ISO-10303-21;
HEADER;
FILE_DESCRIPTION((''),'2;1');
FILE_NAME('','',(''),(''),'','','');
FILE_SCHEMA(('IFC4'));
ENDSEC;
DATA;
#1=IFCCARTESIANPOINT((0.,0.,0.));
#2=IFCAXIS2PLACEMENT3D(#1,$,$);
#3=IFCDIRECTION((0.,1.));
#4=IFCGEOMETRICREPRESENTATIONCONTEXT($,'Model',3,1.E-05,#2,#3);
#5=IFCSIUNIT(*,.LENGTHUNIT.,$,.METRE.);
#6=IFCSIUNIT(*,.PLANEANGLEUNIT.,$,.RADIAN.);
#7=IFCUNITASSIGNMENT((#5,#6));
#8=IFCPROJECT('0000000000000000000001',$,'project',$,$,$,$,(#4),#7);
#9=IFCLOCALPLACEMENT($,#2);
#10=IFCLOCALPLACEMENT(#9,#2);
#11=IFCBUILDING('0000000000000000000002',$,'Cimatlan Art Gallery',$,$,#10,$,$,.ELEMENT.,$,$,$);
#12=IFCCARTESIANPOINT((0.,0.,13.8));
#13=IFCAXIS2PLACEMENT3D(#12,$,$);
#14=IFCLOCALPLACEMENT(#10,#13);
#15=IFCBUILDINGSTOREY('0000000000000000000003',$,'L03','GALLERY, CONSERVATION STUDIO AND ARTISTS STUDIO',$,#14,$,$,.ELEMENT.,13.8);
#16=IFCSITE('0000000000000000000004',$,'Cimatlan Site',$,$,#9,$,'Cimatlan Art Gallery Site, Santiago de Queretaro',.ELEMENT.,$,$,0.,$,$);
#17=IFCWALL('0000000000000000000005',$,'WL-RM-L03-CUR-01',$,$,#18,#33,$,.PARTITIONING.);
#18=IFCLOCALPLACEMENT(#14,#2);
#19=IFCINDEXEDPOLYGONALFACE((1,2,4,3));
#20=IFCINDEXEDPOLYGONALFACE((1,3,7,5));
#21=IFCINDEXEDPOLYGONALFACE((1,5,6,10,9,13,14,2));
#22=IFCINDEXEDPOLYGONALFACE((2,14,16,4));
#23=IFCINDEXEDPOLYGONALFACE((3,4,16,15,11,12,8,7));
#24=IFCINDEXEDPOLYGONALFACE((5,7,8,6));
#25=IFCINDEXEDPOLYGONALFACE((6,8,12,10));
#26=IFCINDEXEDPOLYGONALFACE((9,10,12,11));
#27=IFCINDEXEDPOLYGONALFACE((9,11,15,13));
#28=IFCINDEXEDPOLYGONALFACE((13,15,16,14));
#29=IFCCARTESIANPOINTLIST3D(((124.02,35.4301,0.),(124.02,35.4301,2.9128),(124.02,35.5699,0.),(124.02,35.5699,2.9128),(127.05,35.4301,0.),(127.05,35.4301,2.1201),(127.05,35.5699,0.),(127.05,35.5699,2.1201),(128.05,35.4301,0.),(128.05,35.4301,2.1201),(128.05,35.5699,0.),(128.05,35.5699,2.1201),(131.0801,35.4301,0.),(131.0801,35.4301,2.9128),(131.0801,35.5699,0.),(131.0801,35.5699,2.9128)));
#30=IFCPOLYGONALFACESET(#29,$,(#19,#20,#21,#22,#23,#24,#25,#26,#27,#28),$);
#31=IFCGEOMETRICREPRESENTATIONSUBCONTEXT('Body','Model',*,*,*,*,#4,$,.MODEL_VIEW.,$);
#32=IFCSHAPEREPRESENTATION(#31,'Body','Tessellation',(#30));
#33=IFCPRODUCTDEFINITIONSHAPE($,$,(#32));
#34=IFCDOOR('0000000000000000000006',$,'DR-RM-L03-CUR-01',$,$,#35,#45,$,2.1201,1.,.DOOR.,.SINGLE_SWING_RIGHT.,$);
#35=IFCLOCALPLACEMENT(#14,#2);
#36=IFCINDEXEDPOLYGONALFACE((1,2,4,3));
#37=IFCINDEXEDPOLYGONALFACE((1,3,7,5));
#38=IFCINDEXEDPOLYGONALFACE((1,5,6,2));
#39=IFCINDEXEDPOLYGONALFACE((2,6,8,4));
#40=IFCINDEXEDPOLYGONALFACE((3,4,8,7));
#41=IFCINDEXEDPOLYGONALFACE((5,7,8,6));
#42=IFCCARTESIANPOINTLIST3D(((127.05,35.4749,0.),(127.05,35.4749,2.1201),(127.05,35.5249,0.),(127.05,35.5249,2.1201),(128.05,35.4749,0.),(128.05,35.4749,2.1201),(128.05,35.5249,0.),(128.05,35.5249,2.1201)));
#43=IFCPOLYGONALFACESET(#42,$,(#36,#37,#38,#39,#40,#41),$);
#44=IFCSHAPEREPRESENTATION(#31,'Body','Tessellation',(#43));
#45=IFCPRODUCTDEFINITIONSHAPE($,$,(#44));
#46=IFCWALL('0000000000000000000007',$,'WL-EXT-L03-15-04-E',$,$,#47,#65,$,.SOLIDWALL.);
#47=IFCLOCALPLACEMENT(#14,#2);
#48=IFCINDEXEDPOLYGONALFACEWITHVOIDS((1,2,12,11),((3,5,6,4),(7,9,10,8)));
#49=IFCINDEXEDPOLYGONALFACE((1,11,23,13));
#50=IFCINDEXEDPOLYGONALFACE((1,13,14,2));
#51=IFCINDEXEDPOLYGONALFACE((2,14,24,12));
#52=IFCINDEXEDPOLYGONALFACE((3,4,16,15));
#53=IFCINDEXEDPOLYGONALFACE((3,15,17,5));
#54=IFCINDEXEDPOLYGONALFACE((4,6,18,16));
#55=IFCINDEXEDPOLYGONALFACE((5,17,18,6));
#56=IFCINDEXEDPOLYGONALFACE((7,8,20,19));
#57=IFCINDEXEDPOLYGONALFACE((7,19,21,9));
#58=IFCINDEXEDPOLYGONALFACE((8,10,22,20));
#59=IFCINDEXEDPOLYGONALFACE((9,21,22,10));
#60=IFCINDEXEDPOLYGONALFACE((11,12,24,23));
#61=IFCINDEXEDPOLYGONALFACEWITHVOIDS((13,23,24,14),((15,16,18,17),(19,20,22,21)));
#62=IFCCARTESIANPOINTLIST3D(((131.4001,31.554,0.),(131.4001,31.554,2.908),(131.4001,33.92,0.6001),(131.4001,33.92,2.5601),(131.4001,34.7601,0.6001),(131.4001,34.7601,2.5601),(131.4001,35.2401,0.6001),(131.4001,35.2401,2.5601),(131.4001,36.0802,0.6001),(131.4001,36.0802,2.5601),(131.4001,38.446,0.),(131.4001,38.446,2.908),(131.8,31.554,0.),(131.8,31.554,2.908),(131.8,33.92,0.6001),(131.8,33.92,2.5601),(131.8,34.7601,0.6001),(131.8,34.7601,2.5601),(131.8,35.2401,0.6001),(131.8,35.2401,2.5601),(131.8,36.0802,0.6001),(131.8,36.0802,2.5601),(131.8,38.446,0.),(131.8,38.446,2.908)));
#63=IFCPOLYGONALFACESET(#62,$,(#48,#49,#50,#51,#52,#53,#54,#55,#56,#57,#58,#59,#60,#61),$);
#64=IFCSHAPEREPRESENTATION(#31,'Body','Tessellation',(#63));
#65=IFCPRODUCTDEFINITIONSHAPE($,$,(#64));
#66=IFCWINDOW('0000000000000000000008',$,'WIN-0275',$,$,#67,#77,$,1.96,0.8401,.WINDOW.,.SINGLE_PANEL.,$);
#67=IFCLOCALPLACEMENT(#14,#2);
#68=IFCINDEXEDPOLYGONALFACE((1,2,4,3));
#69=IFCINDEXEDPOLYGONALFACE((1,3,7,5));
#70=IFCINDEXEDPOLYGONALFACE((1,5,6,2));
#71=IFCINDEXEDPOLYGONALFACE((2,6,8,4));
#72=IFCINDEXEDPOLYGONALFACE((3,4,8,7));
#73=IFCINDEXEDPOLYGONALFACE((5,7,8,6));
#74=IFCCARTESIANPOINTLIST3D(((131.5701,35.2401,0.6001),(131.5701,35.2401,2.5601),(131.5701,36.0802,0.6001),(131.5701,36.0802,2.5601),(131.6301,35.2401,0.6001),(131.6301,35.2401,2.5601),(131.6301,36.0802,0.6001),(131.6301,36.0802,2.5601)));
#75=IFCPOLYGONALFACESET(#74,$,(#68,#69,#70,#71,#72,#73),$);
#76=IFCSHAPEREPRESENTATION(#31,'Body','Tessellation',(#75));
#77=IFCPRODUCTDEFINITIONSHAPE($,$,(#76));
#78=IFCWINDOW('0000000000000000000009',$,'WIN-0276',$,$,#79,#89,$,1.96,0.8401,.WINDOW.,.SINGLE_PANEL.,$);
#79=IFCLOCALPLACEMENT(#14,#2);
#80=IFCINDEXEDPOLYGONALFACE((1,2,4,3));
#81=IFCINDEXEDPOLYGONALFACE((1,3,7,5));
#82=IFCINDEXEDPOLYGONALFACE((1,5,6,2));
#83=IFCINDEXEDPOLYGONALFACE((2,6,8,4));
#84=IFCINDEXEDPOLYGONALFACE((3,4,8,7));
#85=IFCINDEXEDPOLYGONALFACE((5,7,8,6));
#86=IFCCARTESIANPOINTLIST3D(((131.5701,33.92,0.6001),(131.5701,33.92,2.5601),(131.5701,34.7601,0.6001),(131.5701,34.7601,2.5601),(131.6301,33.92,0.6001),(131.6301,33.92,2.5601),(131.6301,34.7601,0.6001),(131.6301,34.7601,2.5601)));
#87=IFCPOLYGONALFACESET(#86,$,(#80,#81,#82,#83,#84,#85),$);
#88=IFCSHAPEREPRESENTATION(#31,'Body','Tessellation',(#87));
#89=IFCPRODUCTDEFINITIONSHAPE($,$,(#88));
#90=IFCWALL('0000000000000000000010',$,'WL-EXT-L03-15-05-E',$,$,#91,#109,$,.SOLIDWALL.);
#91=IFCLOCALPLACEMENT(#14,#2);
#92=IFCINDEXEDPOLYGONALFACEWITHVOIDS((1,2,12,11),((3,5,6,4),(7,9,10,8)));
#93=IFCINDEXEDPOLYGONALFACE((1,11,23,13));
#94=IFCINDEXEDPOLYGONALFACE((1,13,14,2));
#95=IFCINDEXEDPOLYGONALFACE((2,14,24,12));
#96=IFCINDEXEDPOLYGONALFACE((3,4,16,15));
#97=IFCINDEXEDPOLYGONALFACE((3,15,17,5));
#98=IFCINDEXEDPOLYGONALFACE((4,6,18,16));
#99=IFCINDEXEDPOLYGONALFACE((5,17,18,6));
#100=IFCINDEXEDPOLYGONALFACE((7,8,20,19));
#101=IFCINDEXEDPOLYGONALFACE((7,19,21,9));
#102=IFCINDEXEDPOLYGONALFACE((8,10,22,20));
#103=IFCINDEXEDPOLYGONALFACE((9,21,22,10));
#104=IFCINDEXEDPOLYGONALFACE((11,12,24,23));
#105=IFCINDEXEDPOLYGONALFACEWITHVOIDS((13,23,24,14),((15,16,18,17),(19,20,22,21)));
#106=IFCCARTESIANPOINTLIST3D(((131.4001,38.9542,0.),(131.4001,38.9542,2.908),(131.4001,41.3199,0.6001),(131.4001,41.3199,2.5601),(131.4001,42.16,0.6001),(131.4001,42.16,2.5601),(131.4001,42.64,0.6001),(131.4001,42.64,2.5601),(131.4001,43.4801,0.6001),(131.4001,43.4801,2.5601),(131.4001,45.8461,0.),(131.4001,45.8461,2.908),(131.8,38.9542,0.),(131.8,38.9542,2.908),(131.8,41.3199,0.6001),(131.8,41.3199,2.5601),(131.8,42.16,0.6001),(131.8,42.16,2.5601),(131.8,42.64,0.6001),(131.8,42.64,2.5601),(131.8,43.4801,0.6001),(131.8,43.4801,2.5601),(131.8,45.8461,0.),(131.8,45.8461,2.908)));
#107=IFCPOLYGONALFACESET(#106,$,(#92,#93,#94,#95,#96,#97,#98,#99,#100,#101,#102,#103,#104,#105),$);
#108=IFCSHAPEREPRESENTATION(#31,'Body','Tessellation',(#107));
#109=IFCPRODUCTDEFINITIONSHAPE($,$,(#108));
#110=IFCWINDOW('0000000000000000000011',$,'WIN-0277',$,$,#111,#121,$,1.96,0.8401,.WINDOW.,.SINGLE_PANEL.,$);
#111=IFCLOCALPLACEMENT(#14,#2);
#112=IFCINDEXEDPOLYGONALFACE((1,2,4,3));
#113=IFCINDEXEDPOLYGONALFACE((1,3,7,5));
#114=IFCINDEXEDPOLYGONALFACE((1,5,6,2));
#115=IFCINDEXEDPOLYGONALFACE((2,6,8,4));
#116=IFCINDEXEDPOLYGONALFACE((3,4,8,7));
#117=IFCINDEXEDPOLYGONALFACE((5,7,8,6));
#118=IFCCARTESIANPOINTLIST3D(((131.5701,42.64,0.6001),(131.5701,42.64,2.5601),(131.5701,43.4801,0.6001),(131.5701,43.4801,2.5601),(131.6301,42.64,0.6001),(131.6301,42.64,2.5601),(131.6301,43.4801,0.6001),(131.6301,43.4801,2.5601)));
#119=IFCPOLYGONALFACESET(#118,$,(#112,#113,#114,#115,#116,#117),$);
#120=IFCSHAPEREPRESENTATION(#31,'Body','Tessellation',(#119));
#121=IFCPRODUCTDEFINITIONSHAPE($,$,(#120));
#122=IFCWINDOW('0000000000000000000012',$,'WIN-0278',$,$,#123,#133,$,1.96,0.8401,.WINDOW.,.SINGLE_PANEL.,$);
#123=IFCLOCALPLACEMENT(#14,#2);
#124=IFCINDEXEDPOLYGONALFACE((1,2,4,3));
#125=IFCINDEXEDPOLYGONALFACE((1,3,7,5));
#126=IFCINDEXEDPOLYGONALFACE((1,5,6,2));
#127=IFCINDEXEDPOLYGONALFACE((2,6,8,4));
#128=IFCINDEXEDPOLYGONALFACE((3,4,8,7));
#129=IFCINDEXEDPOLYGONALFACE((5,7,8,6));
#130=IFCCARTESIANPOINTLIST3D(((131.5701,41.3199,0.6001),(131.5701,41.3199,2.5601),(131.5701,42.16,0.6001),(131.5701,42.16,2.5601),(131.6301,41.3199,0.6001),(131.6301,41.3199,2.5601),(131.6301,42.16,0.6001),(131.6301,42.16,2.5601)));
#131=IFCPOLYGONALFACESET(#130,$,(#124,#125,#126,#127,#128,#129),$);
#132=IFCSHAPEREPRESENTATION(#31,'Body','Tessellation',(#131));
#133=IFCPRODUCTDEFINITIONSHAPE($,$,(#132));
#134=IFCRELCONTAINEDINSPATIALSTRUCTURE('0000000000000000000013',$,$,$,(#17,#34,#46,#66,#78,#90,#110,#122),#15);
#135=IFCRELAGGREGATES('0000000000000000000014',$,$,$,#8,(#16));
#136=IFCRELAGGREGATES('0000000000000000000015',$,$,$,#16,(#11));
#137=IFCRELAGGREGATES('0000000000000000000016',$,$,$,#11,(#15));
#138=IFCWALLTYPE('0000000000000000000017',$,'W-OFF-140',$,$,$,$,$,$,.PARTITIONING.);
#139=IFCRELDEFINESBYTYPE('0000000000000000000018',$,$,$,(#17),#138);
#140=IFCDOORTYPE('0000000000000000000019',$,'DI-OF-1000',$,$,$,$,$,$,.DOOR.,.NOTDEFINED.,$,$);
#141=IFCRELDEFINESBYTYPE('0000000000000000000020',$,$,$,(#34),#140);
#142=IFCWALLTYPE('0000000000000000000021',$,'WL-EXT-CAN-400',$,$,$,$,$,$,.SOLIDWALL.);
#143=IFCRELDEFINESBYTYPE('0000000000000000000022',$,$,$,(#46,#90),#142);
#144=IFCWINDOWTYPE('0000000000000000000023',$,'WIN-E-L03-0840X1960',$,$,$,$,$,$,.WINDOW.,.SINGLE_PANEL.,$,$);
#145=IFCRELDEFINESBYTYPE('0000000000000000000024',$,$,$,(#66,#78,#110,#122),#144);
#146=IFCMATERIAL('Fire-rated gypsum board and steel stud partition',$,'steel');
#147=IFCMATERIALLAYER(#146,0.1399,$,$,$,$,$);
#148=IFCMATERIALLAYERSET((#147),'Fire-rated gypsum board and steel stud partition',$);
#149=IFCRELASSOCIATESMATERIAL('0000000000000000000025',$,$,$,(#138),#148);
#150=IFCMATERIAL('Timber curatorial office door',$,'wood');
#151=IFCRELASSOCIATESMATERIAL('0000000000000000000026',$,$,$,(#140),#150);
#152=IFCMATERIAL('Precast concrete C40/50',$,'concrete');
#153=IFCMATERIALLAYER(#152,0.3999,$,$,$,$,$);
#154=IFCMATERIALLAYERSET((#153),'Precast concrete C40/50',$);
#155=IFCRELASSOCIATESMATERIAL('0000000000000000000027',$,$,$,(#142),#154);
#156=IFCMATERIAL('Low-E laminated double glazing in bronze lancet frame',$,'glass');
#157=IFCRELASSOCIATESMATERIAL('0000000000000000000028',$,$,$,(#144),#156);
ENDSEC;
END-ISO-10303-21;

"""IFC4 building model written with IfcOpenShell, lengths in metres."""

from ifc_helpers import new_model, si_unit, direction, frame, frame_2d, origin, place, context, subcontext, project, spatial, rectangle, extrude, material, layer, layer_set, type_object, element, fill, save


model = new_model("IFC4")

# Units and contexts
model_context = context("Model", 3, precision=1e-05, world=origin(), true_north=direction((0.0, 1.0)))
body_context = subcontext(model_context, "Body", "Model", "MODEL_VIEW")
ifc_project = project(units=[si_unit("LENGTHUNIT", "METRE"), si_unit("PLANEANGLEUNIT", "RADIAN")], contexts=[model_context])

# Site, building, storey
site_placement = place(None, origin())
site = spatial("IfcSite", under=ifc_project, at=site_placement, Name="Cimatlan Site", LongName="Cimatlan Art Gallery Site, Santiago de Queretaro", CompositionType="ELEMENT", RefElevation=0.0)
building_placement = place(site_placement, origin())
building = spatial("IfcBuilding", under=site, at=building_placement, Name="Cimatlan Art Gallery", CompositionType="ELEMENT")
storey_placement = place(building_placement, frame((0.0, 0.0, 13.8)))
storey = spatial("IfcBuildingStorey", under=building, at=storey_placement, Name="L03", Description="GALLERY, CONSERVATION STUDIO AND ARTISTS STUDIO", CompositionType="ELEMENT", Elevation=13.8)

# Wall, opening, door
ifc_material_1 = material(Name="Fire-rated gypsum board and steel stud partition", Category="steel")
ifc_layer_1 = layer(ifc_material_1, 0.1399)
ifc_layer_set_1 = layer_set([ifc_layer_1], Name="Fire-rated gypsum board and steel stud partition")
wall_type_1 = type_object("IfcWallType", Name="W-OFF-140", PredefinedType="PARTITIONING", material=ifc_layer_set_1)
wall_1_placement = place(storey_placement, frame((124.02, 35.5, 0.0), z_axis=(0.0, 0.0, 1.0), x_axis=(1.0, 0.0, 0.0)))
wall_1 = element("IfcWall", 1, at=wall_1_placement, inside=storey, type_object=wall_type_1, Name="WL-RM-L03-CUR-01", PredefinedType="PARTITIONING", context=body_context, shape_type="SweptSolid", body=[
    extrude(rectangle(XDim=7.0601, YDim=0.1399, at=frame_2d((3.53, 0.0))), origin(), (0.0, 0.0, 1.0), 2.9128),
])
opening_1_placement = place(wall_1_placement, frame((3.03, 0.0, 0.0)))
opening_1 = element("IfcOpeningElement", 2, at=opening_1_placement, cuts=wall_1, PredefinedType="OPENING", context=body_context, shape_type="SweptSolid", body=[
    extrude(rectangle(XDim=1.0, YDim=2.1201, at=frame_2d((0.5, 1.0601))), frame((0.0, 0.0801, 0.0), z_axis=(0.0, -1.0, 0.0), x_axis=(1.0, 0.0, 0.0)), (0.0, 0.0, 1.0), 0.1599),
])
ifc_material_2 = material(Name="Timber curatorial office door", Category="wood")
door_type_1 = type_object("IfcDoorType", Name="DI-OF-1000", OperationType="NOTDEFINED", PredefinedType="DOOR", material=ifc_material_2)
door_1_placement = place(opening_1_placement, origin())
door_1 = element("IfcDoor", 3, at=door_1_placement, inside=storey, type_object=door_type_1, Name="DR-RM-L03-CUR-01", OperationType="SINGLE_SWING_RIGHT", OverallHeight=2.1201, OverallWidth=1.0, PredefinedType="DOOR", context=body_context, shape_type="SweptSolid", body=[
    extrude(rectangle(XDim=1.0, YDim=2.1201, at=frame_2d((0.5, 1.0601))), frame((0.0, 0.0249, 0.0), z_axis=(0.0, -1.0, 0.0), x_axis=(1.0, 0.0, 0.0)), (0.0, 0.0, 1.0), 0.05),
])
fill(opening_1, door_1)

# Walls, openings, windows
ifc_material_3 = material(Name="Precast concrete C40/50", Category="concrete")
ifc_layer_2 = layer(ifc_material_3, 0.3999)
ifc_layer_set_2 = layer_set([ifc_layer_2], Name="Precast concrete C40/50")
wall_type_2 = type_object("IfcWallType", Name="WL-EXT-CAN-400", PredefinedType="SOLIDWALL", material=ifc_layer_set_2)
wall_2_placement = place(storey_placement, frame((131.6001, 38.446, 0.0), z_axis=(0.0, 0.0, 1.0), x_axis=(0.0, -1.0, 0.0)))
wall_2 = element("IfcWall", 4, at=wall_2_placement, inside=storey, type_object=wall_type_2, Name="WL-EXT-L03-15-04-E", PredefinedType="SOLIDWALL", context=body_context, shape_type="SweptSolid", body=[
    extrude(rectangle(XDim=6.8921, YDim=0.3999, at=frame_2d((3.446, 0.0))), origin(), (0.0, 0.0, 1.0), 2.908),
])
opening_2_placement = place(wall_2_placement, frame((2.366, 0.0, 0.6001)))
opening_2 = element("IfcOpeningElement", 5, at=opening_2_placement, cuts=wall_2, PredefinedType="OPENING", context=body_context, shape_type="SweptSolid", body=[
    extrude(rectangle(XDim=0.8401, YDim=1.96, at=frame_2d((0.4199, 0.98))), frame((0.0, 0.21, 0.0), z_axis=(0.0, -1.0, 0.0), x_axis=(1.0, 0.0, 0.0)), (0.0, 0.0, 1.0), 0.4199),
])
opening_3_placement = place(wall_2_placement, frame((3.686, 0.0, 0.6001)))
opening_3 = element("IfcOpeningElement", 6, at=opening_3_placement, cuts=wall_2, PredefinedType="OPENING", context=body_context, shape_type="SweptSolid", body=[
    extrude(rectangle(XDim=0.8401, YDim=1.96, at=frame_2d((0.4199, 0.98))), frame((0.0, 0.21, 0.0), z_axis=(0.0, -1.0, 0.0), x_axis=(1.0, 0.0, 0.0)), (0.0, 0.0, 1.0), 0.4199),
])
ifc_material_4 = material(Name="Low-E laminated double glazing in bronze lancet frame", Category="glass")
window_type = type_object("IfcWindowType", Name="WIN-E-L03-0840X1960", PartitioningType="SINGLE_PANEL", PredefinedType="WINDOW", material=ifc_material_4)
window_1_placement = place(opening_2_placement, origin())
window_1 = element("IfcWindow", 7, at=window_1_placement, inside=storey, type_object=window_type, Name="WIN-0275", OverallHeight=1.96, OverallWidth=0.8401, PartitioningType="SINGLE_PANEL", PredefinedType="WINDOW", context=body_context, shape_type="SweptSolid", body=[
    extrude(rectangle(XDim=0.8401, YDim=1.96, at=frame_2d((0.4199, 0.98))), frame((0.0, 0.03, 0.0), z_axis=(0.0, -1.0, 0.0), x_axis=(1.0, 0.0, 0.0)), (0.0, 0.0, 1.0), 0.0601),
])
fill(opening_2, window_1)
window_2_placement = place(opening_3_placement, origin())
window_2 = element("IfcWindow", 8, at=window_2_placement, inside=storey, type_object=window_type, Name="WIN-0276", OverallHeight=1.96, OverallWidth=0.8401, PartitioningType="SINGLE_PANEL", PredefinedType="WINDOW", context=body_context, shape_type="SweptSolid", body=[
    extrude(rectangle(XDim=0.8401, YDim=1.96, at=frame_2d((0.4199, 0.98))), frame((0.0, 0.03, 0.0), z_axis=(0.0, -1.0, 0.0), x_axis=(1.0, 0.0, 0.0)), (0.0, 0.0, 1.0), 0.0601),
])
fill(opening_3, window_2)
wall_3_placement = place(storey_placement, frame((131.6001, 45.8459, 0.0), z_axis=(0.0, 0.0, 1.0), x_axis=(0.0, -1.0, 0.0)))
wall_3 = element("IfcWall", 9, at=wall_3_placement, inside=storey, type_object=wall_type_2, Name="WL-EXT-L03-15-05-E", PredefinedType="SOLIDWALL", context=body_context, shape_type="SweptSolid", body=[
    extrude(rectangle(XDim=6.8918, YDim=0.3999, at=frame_2d((3.4458, 0.0))), origin(), (0.0, 0.0, 1.0), 2.908),
])
opening_4_placement = place(wall_3_placement, frame((2.366, 0.0, 0.6001)))
opening_4 = element("IfcOpeningElement", 10, at=opening_4_placement, cuts=wall_3, PredefinedType="OPENING", context=body_context, shape_type="SweptSolid", body=[
    extrude(rectangle(XDim=0.8401, YDim=1.96, at=frame_2d((0.4199, 0.98))), frame((0.0, 0.21, 0.0), z_axis=(0.0, -1.0, 0.0), x_axis=(1.0, 0.0, 0.0)), (0.0, 0.0, 1.0), 0.4199),
])
opening_5_placement = place(wall_3_placement, frame((3.686, 0.0, 0.6001)))
opening_5 = element("IfcOpeningElement", 11, at=opening_5_placement, cuts=wall_3, PredefinedType="OPENING", context=body_context, shape_type="SweptSolid", body=[
    extrude(rectangle(XDim=0.8401, YDim=1.96, at=frame_2d((0.4199, 0.98))), frame((0.0, 0.21, 0.0), z_axis=(0.0, -1.0, 0.0), x_axis=(1.0, 0.0, 0.0)), (0.0, 0.0, 1.0), 0.4199),
])
window_3_placement = place(opening_4_placement, origin())
window_3 = element("IfcWindow", 12, at=window_3_placement, inside=storey, type_object=window_type, Name="WIN-0277", OverallHeight=1.96, OverallWidth=0.8401, PartitioningType="SINGLE_PANEL", PredefinedType="WINDOW", context=body_context, shape_type="SweptSolid", body=[
    extrude(rectangle(XDim=0.8401, YDim=1.96, at=frame_2d((0.4199, 0.98))), frame((0.0, 0.03, 0.0), z_axis=(0.0, -1.0, 0.0), x_axis=(1.0, 0.0, 0.0)), (0.0, 0.0, 1.0), 0.0601),
])
fill(opening_4, window_3)
window_4_placement = place(opening_5_placement, origin())
window_4 = element("IfcWindow", 13, at=window_4_placement, inside=storey, type_object=window_type, Name="WIN-0278", OverallHeight=1.96, OverallWidth=0.8401, PartitioningType="SINGLE_PANEL", PredefinedType="WINDOW", context=body_context, shape_type="SweptSolid", body=[
    extrude(rectangle(XDim=0.8401, YDim=1.96, at=frame_2d((0.4199, 0.98))), frame((0.0, 0.03, 0.0), z_axis=(0.0, -1.0, 0.0), x_axis=(1.0, 0.0, 0.0)), (0.0, 0.0, 1.0), 0.0601),
])
fill(opening_5, window_4)

save(model, "model.ifc")
